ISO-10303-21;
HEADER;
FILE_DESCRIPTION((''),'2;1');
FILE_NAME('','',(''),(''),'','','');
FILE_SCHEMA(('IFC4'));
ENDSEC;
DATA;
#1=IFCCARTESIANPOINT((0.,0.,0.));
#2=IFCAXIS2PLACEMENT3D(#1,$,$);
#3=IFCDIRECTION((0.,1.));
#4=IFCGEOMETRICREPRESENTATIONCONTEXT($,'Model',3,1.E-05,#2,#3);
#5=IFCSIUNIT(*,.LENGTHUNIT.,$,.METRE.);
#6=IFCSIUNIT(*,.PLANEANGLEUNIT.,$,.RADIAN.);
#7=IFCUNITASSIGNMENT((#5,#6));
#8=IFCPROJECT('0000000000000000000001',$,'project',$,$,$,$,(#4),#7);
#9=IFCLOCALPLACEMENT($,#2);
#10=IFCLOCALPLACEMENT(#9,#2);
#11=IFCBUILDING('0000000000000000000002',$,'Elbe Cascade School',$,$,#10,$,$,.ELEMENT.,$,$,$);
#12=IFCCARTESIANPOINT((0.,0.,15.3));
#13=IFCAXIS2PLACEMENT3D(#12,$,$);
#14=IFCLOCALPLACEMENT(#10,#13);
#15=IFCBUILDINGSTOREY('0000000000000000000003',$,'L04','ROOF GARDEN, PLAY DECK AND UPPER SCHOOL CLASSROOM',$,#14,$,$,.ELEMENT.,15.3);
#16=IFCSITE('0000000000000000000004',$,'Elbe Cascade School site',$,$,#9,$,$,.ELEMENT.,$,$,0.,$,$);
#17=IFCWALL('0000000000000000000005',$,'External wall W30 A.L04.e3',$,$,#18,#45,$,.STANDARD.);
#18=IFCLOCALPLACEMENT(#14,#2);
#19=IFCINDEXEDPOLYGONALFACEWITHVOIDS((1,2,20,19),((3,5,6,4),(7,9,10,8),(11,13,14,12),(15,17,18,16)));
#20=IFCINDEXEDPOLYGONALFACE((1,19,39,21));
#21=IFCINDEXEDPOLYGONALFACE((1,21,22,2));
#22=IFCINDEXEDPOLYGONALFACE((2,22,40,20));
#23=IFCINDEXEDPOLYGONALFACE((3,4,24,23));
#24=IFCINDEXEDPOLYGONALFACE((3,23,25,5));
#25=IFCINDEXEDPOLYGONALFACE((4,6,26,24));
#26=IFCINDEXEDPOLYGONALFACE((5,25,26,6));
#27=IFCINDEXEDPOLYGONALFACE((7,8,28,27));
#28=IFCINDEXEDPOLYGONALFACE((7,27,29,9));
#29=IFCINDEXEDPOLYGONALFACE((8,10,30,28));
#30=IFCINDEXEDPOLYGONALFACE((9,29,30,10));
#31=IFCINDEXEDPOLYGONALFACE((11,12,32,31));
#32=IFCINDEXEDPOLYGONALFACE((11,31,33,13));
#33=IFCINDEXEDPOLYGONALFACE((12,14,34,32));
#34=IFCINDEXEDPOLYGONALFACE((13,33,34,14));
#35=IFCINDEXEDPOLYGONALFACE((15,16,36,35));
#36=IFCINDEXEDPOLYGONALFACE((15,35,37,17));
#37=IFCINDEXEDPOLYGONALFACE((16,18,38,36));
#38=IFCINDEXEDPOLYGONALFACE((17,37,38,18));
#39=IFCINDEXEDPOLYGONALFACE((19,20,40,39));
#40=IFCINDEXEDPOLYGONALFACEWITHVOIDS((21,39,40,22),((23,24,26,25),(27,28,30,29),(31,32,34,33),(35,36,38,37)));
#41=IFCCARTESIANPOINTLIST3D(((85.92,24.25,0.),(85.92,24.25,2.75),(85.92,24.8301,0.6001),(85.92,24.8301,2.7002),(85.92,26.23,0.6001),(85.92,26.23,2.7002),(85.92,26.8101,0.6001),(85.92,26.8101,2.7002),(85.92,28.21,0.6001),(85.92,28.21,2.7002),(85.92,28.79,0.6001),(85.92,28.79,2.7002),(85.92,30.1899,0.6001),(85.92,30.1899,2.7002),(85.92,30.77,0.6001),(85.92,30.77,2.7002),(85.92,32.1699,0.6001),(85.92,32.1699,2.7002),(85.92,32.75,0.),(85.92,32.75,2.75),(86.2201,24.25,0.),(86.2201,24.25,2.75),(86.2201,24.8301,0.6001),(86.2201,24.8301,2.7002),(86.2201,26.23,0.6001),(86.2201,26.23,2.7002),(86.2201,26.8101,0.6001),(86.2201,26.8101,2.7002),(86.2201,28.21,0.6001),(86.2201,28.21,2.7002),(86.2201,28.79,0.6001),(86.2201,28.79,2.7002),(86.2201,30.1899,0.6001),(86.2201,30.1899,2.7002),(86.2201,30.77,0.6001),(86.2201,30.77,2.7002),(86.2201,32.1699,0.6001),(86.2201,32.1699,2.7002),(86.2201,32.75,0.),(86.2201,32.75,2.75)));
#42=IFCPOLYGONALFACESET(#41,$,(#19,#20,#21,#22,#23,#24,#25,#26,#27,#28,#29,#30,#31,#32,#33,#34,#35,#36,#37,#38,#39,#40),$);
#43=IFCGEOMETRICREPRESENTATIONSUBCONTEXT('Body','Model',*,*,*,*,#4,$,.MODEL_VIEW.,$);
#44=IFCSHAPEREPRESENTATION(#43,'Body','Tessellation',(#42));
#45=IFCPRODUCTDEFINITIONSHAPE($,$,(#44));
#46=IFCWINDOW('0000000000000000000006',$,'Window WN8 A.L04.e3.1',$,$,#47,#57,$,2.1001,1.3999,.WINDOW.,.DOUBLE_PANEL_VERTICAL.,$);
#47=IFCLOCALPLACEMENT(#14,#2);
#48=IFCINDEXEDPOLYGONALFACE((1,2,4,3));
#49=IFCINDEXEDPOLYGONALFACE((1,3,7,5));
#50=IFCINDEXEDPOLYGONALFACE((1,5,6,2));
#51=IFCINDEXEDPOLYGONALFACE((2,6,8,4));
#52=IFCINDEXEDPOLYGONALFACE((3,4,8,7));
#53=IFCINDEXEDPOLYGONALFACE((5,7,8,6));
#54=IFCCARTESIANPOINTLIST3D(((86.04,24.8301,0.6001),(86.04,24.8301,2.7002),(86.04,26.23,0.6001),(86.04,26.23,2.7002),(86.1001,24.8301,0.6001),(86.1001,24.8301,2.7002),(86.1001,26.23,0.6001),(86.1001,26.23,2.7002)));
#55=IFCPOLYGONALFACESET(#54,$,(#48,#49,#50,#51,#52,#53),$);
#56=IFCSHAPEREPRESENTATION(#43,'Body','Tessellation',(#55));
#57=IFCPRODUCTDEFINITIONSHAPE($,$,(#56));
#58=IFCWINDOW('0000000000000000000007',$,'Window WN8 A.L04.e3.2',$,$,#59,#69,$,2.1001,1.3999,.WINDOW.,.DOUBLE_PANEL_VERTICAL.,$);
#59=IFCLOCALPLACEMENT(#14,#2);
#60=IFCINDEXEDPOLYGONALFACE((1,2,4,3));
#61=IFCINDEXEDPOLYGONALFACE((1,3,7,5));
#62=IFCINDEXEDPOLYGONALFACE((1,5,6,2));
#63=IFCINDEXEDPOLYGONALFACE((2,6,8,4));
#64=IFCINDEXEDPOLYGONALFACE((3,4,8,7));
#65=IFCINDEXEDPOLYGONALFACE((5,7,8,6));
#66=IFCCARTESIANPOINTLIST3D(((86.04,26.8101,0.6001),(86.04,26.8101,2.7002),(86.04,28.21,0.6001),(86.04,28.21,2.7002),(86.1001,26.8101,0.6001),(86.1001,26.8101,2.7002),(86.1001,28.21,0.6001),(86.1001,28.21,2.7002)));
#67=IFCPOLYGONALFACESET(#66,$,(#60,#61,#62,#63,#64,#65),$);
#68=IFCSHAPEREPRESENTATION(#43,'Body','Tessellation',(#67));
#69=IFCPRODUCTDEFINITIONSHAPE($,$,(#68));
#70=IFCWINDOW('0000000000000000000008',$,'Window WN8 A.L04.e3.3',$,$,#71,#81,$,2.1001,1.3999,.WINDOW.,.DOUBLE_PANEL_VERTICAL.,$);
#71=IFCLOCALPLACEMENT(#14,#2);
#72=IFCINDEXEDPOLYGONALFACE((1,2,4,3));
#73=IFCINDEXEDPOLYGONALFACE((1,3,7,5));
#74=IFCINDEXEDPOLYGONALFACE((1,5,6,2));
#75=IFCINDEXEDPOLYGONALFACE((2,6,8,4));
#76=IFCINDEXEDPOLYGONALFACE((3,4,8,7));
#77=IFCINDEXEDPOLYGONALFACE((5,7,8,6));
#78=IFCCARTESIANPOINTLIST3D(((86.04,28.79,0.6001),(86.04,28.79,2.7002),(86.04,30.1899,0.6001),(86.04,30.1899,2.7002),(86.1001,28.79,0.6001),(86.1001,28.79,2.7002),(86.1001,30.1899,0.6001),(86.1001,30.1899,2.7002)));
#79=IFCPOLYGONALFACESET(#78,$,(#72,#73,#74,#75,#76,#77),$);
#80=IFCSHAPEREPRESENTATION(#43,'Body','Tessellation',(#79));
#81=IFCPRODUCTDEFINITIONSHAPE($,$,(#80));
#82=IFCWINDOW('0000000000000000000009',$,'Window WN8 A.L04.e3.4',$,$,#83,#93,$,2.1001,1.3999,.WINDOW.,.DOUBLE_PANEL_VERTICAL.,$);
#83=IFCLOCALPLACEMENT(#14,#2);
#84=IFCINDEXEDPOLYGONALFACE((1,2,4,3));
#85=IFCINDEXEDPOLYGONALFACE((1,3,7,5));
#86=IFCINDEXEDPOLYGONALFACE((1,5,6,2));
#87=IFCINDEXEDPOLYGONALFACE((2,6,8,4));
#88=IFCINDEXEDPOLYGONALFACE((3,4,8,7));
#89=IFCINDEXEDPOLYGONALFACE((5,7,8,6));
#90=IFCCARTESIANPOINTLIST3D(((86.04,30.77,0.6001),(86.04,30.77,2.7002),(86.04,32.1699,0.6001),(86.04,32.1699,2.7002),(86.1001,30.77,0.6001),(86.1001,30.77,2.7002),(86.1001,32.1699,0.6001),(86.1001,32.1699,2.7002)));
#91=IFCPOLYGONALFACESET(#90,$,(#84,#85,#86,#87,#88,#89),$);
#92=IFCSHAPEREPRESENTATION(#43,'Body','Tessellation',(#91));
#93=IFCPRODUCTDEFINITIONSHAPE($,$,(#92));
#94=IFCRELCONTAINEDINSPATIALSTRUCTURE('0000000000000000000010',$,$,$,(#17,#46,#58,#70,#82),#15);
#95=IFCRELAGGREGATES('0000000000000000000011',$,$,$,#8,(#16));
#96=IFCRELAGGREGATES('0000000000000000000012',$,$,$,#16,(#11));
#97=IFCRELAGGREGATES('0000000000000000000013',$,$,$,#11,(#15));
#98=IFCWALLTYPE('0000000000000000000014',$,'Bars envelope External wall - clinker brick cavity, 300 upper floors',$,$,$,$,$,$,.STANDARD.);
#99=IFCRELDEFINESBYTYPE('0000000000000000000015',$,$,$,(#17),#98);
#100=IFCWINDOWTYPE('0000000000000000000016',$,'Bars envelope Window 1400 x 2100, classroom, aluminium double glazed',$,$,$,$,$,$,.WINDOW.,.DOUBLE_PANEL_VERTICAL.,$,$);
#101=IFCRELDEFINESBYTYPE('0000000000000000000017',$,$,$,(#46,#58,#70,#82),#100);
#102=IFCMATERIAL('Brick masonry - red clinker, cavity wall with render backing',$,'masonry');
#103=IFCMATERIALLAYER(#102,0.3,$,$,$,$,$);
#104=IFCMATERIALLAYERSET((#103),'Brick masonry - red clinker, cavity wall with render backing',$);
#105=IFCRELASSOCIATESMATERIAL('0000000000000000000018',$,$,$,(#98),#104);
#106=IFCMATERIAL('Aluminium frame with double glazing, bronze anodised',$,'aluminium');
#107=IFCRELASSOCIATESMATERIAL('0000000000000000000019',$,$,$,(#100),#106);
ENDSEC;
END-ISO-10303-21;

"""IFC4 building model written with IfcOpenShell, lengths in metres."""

from ifc_helpers import new_model, si_unit, direction, frame, frame_2d, origin, place, context, subcontext, project, spatial, rectangle, extrude, material, layer, layer_set, type_object, element, fill, save


model = new_model("IFC4")

# Units and contexts
model_context = context("Model", 3, precision=1e-05, world=origin(), true_north=direction((0.0, 1.0)))
body_context = subcontext(model_context, "Body", "Model", "MODEL_VIEW")
ifc_project = project(units=[si_unit("LENGTHUNIT", "METRE"), si_unit("PLANEANGLEUNIT", "RADIAN")], contexts=[model_context])

# Site, building, storey
site_placement = place(None, origin())
site = spatial("IfcSite", under=ifc_project, at=site_placement, Name="Elbe Cascade School site", CompositionType="ELEMENT", RefElevation=0.0)
building_placement = place(site_placement, origin())
building = spatial("IfcBuilding", under=site, at=building_placement, Name="Elbe Cascade School", CompositionType="ELEMENT")
storey_placement = place(building_placement, frame((0.0, 0.0, 15.3)))
storey = spatial("IfcBuildingStorey", under=building, at=storey_placement, Name="L04", Description="ROOF GARDEN, PLAY DECK AND UPPER SCHOOL CLASSROOM", CompositionType="ELEMENT", Elevation=15.3)

# Wall, openings, windows
ifc_material_1 = material(Name="Brick masonry - red clinker, cavity wall with render backing", Category="masonry")
ifc_layer_1 = layer(ifc_material_1, 0.3)
ifc_layer_set_1 = layer_set([ifc_layer_1], Name="Brick masonry - red clinker, cavity wall with render backing")
wall_type_1 = type_object("IfcWallType", Name="Bars envelope External wall - clinker brick cavity, 300 upper floors", PredefinedType="STANDARD", material=ifc_layer_set_1)
ifc_material_2 = material(Name="Aluminium frame with double glazing, bronze anodised", Category="aluminium")
window_type = type_object("IfcWindowType", Name="Bars envelope Window 1400 x 2100, classroom, aluminium double glazed", PartitioningType="DOUBLE_PANEL_VERTICAL", PredefinedType="WINDOW", material=ifc_material_2)
wall_1_placement = place(storey_placement, frame((86.0701, 32.75, 0.0), z_axis=(0.0, 0.0, 1.0), x_axis=(0.0, -1.0, 0.0)))
wall_1 = element("IfcWall", 1, at=wall_1_placement, inside=storey, type_object=wall_type_1, Name="External wall W30 A.L04.e3", PredefinedType="STANDARD", context=body_context, shape_type="SweptSolid", body=[
    extrude(rectangle(XDim=8.5, YDim=0.3, at=frame_2d((4.25, 0.0))), origin(), (0.0, 0.0, 1.0), 2.75),
])
opening_1_placement = place(wall_1_placement, frame((6.52, 0.0, 0.6001)))
opening_1 = element("IfcOpeningElement", 2, at=opening_1_placement, cuts=wall_1, PredefinedType="OPENING", context=body_context, shape_type="SweptSolid", body=[
    extrude(rectangle(XDim=1.3999, YDim=2.1001, at=frame_2d((0.7, 1.05))), frame((0.0, 0.1599, 0.0), z_axis=(0.0, -1.0, 0.0), x_axis=(1.0, 0.0, 0.0)), (0.0, 0.0, 1.0), 0.3201),
])
opening_2_placement = place(wall_1_placement, frame((4.54, 0.0, 0.6001)))
opening_2 = element("IfcOpeningElement", 3, at=opening_2_placement, cuts=wall_1, PredefinedType="OPENING", context=body_context, shape_type="SweptSolid", body=[
    extrude(rectangle(XDim=1.3999, YDim=2.1001, at=frame_2d((0.7, 1.05))), frame((0.0, 0.1599, 0.0), z_axis=(0.0, -1.0, 0.0), x_axis=(1.0, 0.0, 0.0)), (0.0, 0.0, 1.0), 0.3201),
])
opening_3_placement = place(wall_1_placement, frame((2.5601, 0.0, 0.6001)))
opening_3 = element("IfcOpeningElement", 4, at=opening_3_placement, cuts=wall_1, PredefinedType="OPENING", context=body_context, shape_type="SweptSolid", body=[
    extrude(rectangle(XDim=1.3999, YDim=2.1001, at=frame_2d((0.7, 1.05))), frame((0.0, 0.1599, 0.0), z_axis=(0.0, -1.0, 0.0), x_axis=(1.0, 0.0, 0.0)), (0.0, 0.0, 1.0), 0.3201),
])
opening_4_placement = place(wall_1_placement, frame((0.5801, 0.0, 0.6001)))
opening_4 = element("IfcOpeningElement", 5, at=opening_4_placement, cuts=wall_1, PredefinedType="OPENING", context=body_context, shape_type="SweptSolid", body=[
    extrude(rectangle(XDim=1.3999, YDim=2.1001, at=frame_2d((0.7, 1.05))), frame((0.0, 0.1599, 0.0), z_axis=(0.0, -1.0, 0.0), x_axis=(1.0, 0.0, 0.0)), (0.0, 0.0, 1.0), 0.3201),
])
window_1_placement = place(opening_1_placement, origin())
window_1 = element("IfcWindow", 6, at=window_1_placement, inside=storey, type_object=window_type, Name="Window WN8 A.L04.e3.1", OverallHeight=2.1001, OverallWidth=1.3999, PartitioningType="DOUBLE_PANEL_VERTICAL", PredefinedType="WINDOW", context=body_context, shape_type="SweptSolid", body=[
    extrude(rectangle(XDim=1.3999, YDim=2.1001, at=frame_2d((0.7, 1.05))), frame((0.0, 0.03, 0.0), z_axis=(0.0, -1.0, 0.0), x_axis=(1.0, 0.0, 0.0)), (0.0, 0.0, 1.0), 0.0601),
])
fill(opening_1, window_1)
window_2_placement = place(opening_2_placement, origin())
window_2 = element("IfcWindow", 7, at=window_2_placement, inside=storey, type_object=window_type, Name="Window WN8 A.L04.e3.2", OverallHeight=2.1001, OverallWidth=1.3999, PartitioningType="DOUBLE_PANEL_VERTICAL", PredefinedType="WINDOW", context=body_context, shape_type="SweptSolid", body=[
    extrude(rectangle(XDim=1.3999, YDim=2.1001, at=frame_2d((0.7, 1.05))), frame((0.0, 0.03, 0.0), z_axis=(0.0, -1.0, 0.0), x_axis=(1.0, 0.0, 0.0)), (0.0, 0.0, 1.0), 0.0601),
])
fill(opening_2, window_2)
window_3_placement = place(opening_3_placement, origin())
window_3 = element("IfcWindow", 8, at=window_3_placement, inside=storey, type_object=window_type, Name="Window WN8 A.L04.e3.3", OverallHeight=2.1001, OverallWidth=1.3999, PartitioningType="DOUBLE_PANEL_VERTICAL", PredefinedType="WINDOW", context=body_context, shape_type="SweptSolid", body=[
    extrude(rectangle(XDim=1.3999, YDim=2.1001, at=frame_2d((0.7, 1.05))), frame((0.0, 0.03, 0.0), z_axis=(0.0, -1.0, 0.0), x_axis=(1.0, 0.0, 0.0)), (0.0, 0.0, 1.0), 0.0601),
])
fill(opening_3, window_3)
window_4_placement = place(opening_4_placement, origin())
window_4 = element("IfcWindow", 9, at=window_4_placement, inside=storey, type_object=window_type, Name="Window WN8 A.L04.e3.4", OverallHeight=2.1001, OverallWidth=1.3999, PartitioningType="DOUBLE_PANEL_VERTICAL", PredefinedType="WINDOW", context=body_context, shape_type="SweptSolid", body=[
    extrude(rectangle(XDim=1.3999, YDim=2.1001, at=frame_2d((0.7, 1.05))), frame((0.0, 0.03, 0.0), z_axis=(0.0, -1.0, 0.0), x_axis=(1.0, 0.0, 0.0)), (0.0, 0.0, 1.0), 0.0601),
])
fill(opening_4, window_4)

save(model, "model.ifc")
